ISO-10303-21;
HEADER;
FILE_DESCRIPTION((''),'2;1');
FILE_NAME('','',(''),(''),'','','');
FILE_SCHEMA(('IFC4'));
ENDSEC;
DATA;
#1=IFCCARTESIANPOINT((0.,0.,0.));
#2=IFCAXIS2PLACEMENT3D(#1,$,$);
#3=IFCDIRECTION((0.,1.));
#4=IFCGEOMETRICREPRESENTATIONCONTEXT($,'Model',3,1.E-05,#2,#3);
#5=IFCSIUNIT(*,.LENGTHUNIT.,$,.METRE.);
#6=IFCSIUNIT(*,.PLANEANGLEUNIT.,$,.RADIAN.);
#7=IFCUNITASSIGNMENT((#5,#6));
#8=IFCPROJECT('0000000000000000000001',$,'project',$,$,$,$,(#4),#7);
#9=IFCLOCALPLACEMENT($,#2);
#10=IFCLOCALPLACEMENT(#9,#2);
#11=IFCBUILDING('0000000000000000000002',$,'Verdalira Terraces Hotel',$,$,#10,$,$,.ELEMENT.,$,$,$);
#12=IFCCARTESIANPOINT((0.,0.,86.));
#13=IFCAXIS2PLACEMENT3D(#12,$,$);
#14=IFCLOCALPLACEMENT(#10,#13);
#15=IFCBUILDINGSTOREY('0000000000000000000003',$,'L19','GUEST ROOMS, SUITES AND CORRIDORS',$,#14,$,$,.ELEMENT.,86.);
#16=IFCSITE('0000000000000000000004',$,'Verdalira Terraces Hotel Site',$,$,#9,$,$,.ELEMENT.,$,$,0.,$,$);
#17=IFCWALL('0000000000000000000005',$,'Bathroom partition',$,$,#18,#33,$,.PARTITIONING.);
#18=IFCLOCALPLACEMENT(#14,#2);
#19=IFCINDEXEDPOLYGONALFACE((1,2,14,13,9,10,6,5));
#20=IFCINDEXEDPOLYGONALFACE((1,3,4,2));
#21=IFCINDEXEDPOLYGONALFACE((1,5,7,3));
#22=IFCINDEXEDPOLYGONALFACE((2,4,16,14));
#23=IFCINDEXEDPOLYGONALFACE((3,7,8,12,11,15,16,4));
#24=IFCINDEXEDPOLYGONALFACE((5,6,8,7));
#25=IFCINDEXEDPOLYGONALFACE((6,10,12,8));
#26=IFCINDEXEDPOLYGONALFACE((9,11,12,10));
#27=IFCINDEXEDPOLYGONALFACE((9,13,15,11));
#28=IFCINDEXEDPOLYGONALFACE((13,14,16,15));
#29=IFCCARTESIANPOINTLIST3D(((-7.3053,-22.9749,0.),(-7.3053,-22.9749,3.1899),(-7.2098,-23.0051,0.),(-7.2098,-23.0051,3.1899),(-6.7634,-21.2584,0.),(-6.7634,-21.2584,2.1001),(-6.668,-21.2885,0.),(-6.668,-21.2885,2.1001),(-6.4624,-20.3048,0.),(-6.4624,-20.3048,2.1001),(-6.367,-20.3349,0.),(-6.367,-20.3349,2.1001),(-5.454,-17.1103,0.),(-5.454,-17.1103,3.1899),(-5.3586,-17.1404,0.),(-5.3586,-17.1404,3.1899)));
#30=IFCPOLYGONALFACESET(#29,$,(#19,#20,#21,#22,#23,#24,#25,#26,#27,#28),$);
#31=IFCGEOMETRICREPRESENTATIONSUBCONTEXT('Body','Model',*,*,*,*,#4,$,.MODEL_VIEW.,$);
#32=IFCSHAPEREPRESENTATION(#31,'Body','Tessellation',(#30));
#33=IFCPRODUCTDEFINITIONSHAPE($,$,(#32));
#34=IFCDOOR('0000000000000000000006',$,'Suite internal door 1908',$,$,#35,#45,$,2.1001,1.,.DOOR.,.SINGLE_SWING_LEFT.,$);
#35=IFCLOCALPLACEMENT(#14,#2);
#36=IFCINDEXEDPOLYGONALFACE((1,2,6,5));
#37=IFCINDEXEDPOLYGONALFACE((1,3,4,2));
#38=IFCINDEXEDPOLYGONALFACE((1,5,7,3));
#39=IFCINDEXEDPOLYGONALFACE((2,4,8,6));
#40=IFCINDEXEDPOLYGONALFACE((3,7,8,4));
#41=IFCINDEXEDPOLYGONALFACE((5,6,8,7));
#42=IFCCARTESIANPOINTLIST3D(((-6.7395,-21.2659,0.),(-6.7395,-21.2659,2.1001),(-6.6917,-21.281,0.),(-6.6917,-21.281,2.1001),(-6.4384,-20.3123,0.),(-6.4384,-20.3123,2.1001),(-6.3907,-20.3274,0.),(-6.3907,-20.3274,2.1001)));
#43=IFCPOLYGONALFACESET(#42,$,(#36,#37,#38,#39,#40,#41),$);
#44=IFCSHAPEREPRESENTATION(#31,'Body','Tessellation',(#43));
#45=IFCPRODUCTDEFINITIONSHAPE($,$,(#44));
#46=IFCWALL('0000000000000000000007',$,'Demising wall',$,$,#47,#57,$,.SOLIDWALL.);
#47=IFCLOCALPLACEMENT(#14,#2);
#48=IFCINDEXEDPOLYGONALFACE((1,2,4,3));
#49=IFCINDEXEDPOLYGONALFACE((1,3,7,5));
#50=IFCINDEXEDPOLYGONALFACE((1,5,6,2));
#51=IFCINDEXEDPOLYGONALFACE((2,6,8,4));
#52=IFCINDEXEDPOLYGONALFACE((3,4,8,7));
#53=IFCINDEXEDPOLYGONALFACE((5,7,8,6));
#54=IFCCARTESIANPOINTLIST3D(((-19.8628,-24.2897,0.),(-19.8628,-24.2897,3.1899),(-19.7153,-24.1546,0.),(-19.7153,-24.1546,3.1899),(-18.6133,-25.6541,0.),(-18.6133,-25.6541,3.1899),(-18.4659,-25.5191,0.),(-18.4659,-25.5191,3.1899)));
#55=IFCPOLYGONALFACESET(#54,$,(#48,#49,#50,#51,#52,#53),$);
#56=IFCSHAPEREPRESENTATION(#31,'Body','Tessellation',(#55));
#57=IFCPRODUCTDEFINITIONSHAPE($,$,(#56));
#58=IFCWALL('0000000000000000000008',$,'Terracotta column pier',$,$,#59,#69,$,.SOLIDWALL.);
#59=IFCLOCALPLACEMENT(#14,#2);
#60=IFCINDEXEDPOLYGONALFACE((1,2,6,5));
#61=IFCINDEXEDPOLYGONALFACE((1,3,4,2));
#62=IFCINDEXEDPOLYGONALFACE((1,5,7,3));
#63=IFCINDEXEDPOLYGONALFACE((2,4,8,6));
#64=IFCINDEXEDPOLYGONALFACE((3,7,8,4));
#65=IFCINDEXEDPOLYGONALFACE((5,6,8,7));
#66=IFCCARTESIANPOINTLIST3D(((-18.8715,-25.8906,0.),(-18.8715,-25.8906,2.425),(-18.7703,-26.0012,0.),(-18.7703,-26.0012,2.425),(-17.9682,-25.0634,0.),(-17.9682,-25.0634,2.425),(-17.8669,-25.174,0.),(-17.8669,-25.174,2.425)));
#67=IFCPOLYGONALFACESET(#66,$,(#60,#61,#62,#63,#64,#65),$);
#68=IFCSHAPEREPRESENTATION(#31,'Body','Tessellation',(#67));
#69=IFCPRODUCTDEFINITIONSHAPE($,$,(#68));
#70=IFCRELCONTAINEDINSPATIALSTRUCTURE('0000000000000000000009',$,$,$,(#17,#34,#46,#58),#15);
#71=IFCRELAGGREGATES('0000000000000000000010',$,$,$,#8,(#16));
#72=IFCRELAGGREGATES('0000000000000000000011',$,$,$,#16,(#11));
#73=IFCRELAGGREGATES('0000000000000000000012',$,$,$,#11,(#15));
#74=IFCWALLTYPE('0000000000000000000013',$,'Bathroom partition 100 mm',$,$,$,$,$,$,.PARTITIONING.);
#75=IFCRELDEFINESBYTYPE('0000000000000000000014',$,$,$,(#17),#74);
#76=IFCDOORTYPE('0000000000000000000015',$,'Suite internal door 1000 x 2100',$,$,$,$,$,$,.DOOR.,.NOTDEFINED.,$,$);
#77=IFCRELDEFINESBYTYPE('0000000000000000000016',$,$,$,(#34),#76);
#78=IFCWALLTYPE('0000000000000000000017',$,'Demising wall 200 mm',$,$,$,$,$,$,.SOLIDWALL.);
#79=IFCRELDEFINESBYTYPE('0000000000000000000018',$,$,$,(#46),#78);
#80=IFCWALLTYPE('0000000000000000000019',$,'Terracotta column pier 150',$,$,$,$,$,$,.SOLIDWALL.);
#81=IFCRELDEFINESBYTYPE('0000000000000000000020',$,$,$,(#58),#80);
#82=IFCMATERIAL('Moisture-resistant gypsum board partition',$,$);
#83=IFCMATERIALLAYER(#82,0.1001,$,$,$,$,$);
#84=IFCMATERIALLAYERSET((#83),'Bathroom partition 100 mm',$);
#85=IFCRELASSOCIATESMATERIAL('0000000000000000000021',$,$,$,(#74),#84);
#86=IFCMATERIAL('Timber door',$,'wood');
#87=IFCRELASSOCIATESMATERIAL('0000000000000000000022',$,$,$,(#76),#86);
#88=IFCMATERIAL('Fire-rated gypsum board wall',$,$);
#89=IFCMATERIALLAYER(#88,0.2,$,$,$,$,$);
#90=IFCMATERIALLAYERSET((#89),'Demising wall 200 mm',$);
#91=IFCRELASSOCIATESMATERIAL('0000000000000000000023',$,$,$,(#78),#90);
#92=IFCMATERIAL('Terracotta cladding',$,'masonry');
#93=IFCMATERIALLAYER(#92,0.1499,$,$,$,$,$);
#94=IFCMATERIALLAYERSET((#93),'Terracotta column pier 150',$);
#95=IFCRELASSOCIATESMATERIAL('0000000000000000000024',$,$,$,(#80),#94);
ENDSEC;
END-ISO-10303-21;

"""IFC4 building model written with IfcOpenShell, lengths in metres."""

from ifc_helpers import new_model, si_unit, direction, frame, frame_2d, origin, place, context, subcontext, project, spatial, rectangle, extrude, material, layer, layer_set, type_object, element, fill, save


model = new_model("IFC4")

# Units and contexts
model_context = context("Model", 3, precision=1e-05, world=origin(), true_north=direction((0.0, 1.0)))
body_context = subcontext(model_context, "Body", "Model", "MODEL_VIEW")
ifc_project = project(units=[si_unit("LENGTHUNIT", "METRE"), si_unit("PLANEANGLEUNIT", "RADIAN")], contexts=[model_context])

# Site, building, storey
site_placement = place(None, origin())
site = spatial("IfcSite", under=ifc_project, at=site_placement, Name="Verdalira Terraces Hotel Site", CompositionType="ELEMENT", RefElevation=0.0)
building_placement = place(site_placement, origin())
building = spatial("IfcBuilding", under=site, at=building_placement, Name="Verdalira Terraces Hotel", CompositionType="ELEMENT")
storey_placement = place(building_placement, frame((0.0, 0.0, 86.0)))
storey = spatial("IfcBuildingStorey", under=building, at=storey_placement, Name="L19", Description="GUEST ROOMS, SUITES AND CORRIDORS", CompositionType="ELEMENT", Elevation=86.0)

# Shared definitions
ifc_material_1 = material(Name="Moisture-resistant gypsum board partition")
ifc_layer_1 = layer(ifc_material_1, 0.1001)
ifc_layer_set_1 = layer_set([ifc_layer_1], Name="Bathroom partition 100 mm")
wall_type_1 = type_object("IfcWallType", Name="Bathroom partition 100 mm", PredefinedType="PARTITIONING", material=ifc_layer_set_1)

# Wall, opening, door
wall_1_placement = place(storey_placement, frame((-7.2576, -22.99, 0.0), z_axis=(0.0, 0.0, 1.0), x_axis=(0.301027, 0.953616, 0.0)))
wall_1 = element("IfcWall", 1, at=wall_1_placement, inside=storey, type_object=wall_type_1, Name="Bathroom partition", PredefinedType="PARTITIONING", context=body_context, shape_type="SweptSolid", body=[
    extrude(rectangle(XDim=6.1499, YDim=0.1001, at=frame_2d((3.075, 0.0))), origin(), (0.0, 0.0, 1.0), 3.1899),
])
opening_1_placement = place(wall_1_placement, frame((1.8, 0.0, 0.0)))
opening_1 = element("IfcOpeningElement", 2, at=opening_1_placement, cuts=wall_1, PredefinedType="OPENING", context=body_context, shape_type="SweptSolid", body=[
    extrude(rectangle(XDim=1.0, YDim=2.1001, at=frame_2d((0.5, 1.05))), frame((0.0, 0.0601, 0.0), z_axis=(0.0, -1.0, 0.0), x_axis=(1.0, 0.0, 0.0)), (0.0, 0.0, 1.0), 0.1201),
])
ifc_material_2 = material(Name="Timber door", Category="wood")
door_type_1 = type_object("IfcDoorType", Name="Suite internal door 1000 x 2100", OperationType="NOTDEFINED", PredefinedType="DOOR", material=ifc_material_2)
door_1_placement = place(opening_1_placement, origin())
door_1 = element("IfcDoor", 3, at=door_1_placement, inside=storey, type_object=door_type_1, Name="Suite internal door 1908", OperationType="SINGLE_SWING_LEFT", OverallHeight=2.1001, OverallWidth=1.0, PredefinedType="DOOR", context=body_context, shape_type="SweptSolid", body=[
    extrude(rectangle(XDim=1.0, YDim=2.1001, at=frame_2d((0.5, 1.05))), frame((0.0, 0.0249, 0.0), z_axis=(0.0, -1.0, 0.0), x_axis=(1.0, 0.0, 0.0)), (0.0, 0.0, 1.0), 0.05),
])
fill(opening_1, door_1)

# Walls
ifc_material_3 = material(Name="Fire-rated gypsum board wall")
ifc_layer_2 = layer(ifc_material_3, 0.2)
ifc_layer_set_2 = layer_set([ifc_layer_2], Name="Demising wall 200 mm")
wall_type_2 = type_object("IfcWallType", Name="Demising wall 200 mm", PredefinedType="SOLIDWALL", material=ifc_layer_set_2)
wall_2_placement = place(storey_placement, frame((-19.7891, -24.2222, 0.0), z_axis=(0.0, 0.0, 1.0), x_axis=(0.675348, -0.737499, 0.0)))
element("IfcWall", 4, at=wall_2_placement, inside=storey, type_object=wall_type_2, Name="Demising wall", PredefinedType="SOLIDWALL", context=body_context, shape_type="SweptSolid", body=[
    extrude(rectangle(XDim=1.8501, YDim=0.2, at=frame_2d((0.925, 0.0))), origin(), (0.0, 0.0, 1.0), 3.1899),
])
ifc_material_4 = material(Name="Terracotta cladding", Category="masonry")
ifc_layer_3 = layer(ifc_material_4, 0.1499)
ifc_layer_set_3 = layer_set([ifc_layer_3], Name="Terracotta column pier 150")
wall_type_3 = type_object("IfcWallType", Name="Terracotta column pier 150", PredefinedType="SOLIDWALL", material=ifc_layer_set_3)
wall_3_placement = place(storey_placement, frame((-18.8208, -25.9458, 0.0), z_axis=(0.0, 0.0, 1.0), x_axis=(0.737518, 0.675327, 0.0)))
element("IfcWall", 5, at=wall_3_placement, inside=storey, type_object=wall_type_3, Name="Terracotta column pier", PredefinedType="SOLIDWALL", context=body_context, shape_type="SweptSolid", body=[
    extrude(rectangle(XDim=1.2249, YDim=0.1499, at=frame_2d((0.6123, 0.0))), origin(), (0.0, 0.0, 1.0), 2.425),
])

save(model, "model.ifc")
